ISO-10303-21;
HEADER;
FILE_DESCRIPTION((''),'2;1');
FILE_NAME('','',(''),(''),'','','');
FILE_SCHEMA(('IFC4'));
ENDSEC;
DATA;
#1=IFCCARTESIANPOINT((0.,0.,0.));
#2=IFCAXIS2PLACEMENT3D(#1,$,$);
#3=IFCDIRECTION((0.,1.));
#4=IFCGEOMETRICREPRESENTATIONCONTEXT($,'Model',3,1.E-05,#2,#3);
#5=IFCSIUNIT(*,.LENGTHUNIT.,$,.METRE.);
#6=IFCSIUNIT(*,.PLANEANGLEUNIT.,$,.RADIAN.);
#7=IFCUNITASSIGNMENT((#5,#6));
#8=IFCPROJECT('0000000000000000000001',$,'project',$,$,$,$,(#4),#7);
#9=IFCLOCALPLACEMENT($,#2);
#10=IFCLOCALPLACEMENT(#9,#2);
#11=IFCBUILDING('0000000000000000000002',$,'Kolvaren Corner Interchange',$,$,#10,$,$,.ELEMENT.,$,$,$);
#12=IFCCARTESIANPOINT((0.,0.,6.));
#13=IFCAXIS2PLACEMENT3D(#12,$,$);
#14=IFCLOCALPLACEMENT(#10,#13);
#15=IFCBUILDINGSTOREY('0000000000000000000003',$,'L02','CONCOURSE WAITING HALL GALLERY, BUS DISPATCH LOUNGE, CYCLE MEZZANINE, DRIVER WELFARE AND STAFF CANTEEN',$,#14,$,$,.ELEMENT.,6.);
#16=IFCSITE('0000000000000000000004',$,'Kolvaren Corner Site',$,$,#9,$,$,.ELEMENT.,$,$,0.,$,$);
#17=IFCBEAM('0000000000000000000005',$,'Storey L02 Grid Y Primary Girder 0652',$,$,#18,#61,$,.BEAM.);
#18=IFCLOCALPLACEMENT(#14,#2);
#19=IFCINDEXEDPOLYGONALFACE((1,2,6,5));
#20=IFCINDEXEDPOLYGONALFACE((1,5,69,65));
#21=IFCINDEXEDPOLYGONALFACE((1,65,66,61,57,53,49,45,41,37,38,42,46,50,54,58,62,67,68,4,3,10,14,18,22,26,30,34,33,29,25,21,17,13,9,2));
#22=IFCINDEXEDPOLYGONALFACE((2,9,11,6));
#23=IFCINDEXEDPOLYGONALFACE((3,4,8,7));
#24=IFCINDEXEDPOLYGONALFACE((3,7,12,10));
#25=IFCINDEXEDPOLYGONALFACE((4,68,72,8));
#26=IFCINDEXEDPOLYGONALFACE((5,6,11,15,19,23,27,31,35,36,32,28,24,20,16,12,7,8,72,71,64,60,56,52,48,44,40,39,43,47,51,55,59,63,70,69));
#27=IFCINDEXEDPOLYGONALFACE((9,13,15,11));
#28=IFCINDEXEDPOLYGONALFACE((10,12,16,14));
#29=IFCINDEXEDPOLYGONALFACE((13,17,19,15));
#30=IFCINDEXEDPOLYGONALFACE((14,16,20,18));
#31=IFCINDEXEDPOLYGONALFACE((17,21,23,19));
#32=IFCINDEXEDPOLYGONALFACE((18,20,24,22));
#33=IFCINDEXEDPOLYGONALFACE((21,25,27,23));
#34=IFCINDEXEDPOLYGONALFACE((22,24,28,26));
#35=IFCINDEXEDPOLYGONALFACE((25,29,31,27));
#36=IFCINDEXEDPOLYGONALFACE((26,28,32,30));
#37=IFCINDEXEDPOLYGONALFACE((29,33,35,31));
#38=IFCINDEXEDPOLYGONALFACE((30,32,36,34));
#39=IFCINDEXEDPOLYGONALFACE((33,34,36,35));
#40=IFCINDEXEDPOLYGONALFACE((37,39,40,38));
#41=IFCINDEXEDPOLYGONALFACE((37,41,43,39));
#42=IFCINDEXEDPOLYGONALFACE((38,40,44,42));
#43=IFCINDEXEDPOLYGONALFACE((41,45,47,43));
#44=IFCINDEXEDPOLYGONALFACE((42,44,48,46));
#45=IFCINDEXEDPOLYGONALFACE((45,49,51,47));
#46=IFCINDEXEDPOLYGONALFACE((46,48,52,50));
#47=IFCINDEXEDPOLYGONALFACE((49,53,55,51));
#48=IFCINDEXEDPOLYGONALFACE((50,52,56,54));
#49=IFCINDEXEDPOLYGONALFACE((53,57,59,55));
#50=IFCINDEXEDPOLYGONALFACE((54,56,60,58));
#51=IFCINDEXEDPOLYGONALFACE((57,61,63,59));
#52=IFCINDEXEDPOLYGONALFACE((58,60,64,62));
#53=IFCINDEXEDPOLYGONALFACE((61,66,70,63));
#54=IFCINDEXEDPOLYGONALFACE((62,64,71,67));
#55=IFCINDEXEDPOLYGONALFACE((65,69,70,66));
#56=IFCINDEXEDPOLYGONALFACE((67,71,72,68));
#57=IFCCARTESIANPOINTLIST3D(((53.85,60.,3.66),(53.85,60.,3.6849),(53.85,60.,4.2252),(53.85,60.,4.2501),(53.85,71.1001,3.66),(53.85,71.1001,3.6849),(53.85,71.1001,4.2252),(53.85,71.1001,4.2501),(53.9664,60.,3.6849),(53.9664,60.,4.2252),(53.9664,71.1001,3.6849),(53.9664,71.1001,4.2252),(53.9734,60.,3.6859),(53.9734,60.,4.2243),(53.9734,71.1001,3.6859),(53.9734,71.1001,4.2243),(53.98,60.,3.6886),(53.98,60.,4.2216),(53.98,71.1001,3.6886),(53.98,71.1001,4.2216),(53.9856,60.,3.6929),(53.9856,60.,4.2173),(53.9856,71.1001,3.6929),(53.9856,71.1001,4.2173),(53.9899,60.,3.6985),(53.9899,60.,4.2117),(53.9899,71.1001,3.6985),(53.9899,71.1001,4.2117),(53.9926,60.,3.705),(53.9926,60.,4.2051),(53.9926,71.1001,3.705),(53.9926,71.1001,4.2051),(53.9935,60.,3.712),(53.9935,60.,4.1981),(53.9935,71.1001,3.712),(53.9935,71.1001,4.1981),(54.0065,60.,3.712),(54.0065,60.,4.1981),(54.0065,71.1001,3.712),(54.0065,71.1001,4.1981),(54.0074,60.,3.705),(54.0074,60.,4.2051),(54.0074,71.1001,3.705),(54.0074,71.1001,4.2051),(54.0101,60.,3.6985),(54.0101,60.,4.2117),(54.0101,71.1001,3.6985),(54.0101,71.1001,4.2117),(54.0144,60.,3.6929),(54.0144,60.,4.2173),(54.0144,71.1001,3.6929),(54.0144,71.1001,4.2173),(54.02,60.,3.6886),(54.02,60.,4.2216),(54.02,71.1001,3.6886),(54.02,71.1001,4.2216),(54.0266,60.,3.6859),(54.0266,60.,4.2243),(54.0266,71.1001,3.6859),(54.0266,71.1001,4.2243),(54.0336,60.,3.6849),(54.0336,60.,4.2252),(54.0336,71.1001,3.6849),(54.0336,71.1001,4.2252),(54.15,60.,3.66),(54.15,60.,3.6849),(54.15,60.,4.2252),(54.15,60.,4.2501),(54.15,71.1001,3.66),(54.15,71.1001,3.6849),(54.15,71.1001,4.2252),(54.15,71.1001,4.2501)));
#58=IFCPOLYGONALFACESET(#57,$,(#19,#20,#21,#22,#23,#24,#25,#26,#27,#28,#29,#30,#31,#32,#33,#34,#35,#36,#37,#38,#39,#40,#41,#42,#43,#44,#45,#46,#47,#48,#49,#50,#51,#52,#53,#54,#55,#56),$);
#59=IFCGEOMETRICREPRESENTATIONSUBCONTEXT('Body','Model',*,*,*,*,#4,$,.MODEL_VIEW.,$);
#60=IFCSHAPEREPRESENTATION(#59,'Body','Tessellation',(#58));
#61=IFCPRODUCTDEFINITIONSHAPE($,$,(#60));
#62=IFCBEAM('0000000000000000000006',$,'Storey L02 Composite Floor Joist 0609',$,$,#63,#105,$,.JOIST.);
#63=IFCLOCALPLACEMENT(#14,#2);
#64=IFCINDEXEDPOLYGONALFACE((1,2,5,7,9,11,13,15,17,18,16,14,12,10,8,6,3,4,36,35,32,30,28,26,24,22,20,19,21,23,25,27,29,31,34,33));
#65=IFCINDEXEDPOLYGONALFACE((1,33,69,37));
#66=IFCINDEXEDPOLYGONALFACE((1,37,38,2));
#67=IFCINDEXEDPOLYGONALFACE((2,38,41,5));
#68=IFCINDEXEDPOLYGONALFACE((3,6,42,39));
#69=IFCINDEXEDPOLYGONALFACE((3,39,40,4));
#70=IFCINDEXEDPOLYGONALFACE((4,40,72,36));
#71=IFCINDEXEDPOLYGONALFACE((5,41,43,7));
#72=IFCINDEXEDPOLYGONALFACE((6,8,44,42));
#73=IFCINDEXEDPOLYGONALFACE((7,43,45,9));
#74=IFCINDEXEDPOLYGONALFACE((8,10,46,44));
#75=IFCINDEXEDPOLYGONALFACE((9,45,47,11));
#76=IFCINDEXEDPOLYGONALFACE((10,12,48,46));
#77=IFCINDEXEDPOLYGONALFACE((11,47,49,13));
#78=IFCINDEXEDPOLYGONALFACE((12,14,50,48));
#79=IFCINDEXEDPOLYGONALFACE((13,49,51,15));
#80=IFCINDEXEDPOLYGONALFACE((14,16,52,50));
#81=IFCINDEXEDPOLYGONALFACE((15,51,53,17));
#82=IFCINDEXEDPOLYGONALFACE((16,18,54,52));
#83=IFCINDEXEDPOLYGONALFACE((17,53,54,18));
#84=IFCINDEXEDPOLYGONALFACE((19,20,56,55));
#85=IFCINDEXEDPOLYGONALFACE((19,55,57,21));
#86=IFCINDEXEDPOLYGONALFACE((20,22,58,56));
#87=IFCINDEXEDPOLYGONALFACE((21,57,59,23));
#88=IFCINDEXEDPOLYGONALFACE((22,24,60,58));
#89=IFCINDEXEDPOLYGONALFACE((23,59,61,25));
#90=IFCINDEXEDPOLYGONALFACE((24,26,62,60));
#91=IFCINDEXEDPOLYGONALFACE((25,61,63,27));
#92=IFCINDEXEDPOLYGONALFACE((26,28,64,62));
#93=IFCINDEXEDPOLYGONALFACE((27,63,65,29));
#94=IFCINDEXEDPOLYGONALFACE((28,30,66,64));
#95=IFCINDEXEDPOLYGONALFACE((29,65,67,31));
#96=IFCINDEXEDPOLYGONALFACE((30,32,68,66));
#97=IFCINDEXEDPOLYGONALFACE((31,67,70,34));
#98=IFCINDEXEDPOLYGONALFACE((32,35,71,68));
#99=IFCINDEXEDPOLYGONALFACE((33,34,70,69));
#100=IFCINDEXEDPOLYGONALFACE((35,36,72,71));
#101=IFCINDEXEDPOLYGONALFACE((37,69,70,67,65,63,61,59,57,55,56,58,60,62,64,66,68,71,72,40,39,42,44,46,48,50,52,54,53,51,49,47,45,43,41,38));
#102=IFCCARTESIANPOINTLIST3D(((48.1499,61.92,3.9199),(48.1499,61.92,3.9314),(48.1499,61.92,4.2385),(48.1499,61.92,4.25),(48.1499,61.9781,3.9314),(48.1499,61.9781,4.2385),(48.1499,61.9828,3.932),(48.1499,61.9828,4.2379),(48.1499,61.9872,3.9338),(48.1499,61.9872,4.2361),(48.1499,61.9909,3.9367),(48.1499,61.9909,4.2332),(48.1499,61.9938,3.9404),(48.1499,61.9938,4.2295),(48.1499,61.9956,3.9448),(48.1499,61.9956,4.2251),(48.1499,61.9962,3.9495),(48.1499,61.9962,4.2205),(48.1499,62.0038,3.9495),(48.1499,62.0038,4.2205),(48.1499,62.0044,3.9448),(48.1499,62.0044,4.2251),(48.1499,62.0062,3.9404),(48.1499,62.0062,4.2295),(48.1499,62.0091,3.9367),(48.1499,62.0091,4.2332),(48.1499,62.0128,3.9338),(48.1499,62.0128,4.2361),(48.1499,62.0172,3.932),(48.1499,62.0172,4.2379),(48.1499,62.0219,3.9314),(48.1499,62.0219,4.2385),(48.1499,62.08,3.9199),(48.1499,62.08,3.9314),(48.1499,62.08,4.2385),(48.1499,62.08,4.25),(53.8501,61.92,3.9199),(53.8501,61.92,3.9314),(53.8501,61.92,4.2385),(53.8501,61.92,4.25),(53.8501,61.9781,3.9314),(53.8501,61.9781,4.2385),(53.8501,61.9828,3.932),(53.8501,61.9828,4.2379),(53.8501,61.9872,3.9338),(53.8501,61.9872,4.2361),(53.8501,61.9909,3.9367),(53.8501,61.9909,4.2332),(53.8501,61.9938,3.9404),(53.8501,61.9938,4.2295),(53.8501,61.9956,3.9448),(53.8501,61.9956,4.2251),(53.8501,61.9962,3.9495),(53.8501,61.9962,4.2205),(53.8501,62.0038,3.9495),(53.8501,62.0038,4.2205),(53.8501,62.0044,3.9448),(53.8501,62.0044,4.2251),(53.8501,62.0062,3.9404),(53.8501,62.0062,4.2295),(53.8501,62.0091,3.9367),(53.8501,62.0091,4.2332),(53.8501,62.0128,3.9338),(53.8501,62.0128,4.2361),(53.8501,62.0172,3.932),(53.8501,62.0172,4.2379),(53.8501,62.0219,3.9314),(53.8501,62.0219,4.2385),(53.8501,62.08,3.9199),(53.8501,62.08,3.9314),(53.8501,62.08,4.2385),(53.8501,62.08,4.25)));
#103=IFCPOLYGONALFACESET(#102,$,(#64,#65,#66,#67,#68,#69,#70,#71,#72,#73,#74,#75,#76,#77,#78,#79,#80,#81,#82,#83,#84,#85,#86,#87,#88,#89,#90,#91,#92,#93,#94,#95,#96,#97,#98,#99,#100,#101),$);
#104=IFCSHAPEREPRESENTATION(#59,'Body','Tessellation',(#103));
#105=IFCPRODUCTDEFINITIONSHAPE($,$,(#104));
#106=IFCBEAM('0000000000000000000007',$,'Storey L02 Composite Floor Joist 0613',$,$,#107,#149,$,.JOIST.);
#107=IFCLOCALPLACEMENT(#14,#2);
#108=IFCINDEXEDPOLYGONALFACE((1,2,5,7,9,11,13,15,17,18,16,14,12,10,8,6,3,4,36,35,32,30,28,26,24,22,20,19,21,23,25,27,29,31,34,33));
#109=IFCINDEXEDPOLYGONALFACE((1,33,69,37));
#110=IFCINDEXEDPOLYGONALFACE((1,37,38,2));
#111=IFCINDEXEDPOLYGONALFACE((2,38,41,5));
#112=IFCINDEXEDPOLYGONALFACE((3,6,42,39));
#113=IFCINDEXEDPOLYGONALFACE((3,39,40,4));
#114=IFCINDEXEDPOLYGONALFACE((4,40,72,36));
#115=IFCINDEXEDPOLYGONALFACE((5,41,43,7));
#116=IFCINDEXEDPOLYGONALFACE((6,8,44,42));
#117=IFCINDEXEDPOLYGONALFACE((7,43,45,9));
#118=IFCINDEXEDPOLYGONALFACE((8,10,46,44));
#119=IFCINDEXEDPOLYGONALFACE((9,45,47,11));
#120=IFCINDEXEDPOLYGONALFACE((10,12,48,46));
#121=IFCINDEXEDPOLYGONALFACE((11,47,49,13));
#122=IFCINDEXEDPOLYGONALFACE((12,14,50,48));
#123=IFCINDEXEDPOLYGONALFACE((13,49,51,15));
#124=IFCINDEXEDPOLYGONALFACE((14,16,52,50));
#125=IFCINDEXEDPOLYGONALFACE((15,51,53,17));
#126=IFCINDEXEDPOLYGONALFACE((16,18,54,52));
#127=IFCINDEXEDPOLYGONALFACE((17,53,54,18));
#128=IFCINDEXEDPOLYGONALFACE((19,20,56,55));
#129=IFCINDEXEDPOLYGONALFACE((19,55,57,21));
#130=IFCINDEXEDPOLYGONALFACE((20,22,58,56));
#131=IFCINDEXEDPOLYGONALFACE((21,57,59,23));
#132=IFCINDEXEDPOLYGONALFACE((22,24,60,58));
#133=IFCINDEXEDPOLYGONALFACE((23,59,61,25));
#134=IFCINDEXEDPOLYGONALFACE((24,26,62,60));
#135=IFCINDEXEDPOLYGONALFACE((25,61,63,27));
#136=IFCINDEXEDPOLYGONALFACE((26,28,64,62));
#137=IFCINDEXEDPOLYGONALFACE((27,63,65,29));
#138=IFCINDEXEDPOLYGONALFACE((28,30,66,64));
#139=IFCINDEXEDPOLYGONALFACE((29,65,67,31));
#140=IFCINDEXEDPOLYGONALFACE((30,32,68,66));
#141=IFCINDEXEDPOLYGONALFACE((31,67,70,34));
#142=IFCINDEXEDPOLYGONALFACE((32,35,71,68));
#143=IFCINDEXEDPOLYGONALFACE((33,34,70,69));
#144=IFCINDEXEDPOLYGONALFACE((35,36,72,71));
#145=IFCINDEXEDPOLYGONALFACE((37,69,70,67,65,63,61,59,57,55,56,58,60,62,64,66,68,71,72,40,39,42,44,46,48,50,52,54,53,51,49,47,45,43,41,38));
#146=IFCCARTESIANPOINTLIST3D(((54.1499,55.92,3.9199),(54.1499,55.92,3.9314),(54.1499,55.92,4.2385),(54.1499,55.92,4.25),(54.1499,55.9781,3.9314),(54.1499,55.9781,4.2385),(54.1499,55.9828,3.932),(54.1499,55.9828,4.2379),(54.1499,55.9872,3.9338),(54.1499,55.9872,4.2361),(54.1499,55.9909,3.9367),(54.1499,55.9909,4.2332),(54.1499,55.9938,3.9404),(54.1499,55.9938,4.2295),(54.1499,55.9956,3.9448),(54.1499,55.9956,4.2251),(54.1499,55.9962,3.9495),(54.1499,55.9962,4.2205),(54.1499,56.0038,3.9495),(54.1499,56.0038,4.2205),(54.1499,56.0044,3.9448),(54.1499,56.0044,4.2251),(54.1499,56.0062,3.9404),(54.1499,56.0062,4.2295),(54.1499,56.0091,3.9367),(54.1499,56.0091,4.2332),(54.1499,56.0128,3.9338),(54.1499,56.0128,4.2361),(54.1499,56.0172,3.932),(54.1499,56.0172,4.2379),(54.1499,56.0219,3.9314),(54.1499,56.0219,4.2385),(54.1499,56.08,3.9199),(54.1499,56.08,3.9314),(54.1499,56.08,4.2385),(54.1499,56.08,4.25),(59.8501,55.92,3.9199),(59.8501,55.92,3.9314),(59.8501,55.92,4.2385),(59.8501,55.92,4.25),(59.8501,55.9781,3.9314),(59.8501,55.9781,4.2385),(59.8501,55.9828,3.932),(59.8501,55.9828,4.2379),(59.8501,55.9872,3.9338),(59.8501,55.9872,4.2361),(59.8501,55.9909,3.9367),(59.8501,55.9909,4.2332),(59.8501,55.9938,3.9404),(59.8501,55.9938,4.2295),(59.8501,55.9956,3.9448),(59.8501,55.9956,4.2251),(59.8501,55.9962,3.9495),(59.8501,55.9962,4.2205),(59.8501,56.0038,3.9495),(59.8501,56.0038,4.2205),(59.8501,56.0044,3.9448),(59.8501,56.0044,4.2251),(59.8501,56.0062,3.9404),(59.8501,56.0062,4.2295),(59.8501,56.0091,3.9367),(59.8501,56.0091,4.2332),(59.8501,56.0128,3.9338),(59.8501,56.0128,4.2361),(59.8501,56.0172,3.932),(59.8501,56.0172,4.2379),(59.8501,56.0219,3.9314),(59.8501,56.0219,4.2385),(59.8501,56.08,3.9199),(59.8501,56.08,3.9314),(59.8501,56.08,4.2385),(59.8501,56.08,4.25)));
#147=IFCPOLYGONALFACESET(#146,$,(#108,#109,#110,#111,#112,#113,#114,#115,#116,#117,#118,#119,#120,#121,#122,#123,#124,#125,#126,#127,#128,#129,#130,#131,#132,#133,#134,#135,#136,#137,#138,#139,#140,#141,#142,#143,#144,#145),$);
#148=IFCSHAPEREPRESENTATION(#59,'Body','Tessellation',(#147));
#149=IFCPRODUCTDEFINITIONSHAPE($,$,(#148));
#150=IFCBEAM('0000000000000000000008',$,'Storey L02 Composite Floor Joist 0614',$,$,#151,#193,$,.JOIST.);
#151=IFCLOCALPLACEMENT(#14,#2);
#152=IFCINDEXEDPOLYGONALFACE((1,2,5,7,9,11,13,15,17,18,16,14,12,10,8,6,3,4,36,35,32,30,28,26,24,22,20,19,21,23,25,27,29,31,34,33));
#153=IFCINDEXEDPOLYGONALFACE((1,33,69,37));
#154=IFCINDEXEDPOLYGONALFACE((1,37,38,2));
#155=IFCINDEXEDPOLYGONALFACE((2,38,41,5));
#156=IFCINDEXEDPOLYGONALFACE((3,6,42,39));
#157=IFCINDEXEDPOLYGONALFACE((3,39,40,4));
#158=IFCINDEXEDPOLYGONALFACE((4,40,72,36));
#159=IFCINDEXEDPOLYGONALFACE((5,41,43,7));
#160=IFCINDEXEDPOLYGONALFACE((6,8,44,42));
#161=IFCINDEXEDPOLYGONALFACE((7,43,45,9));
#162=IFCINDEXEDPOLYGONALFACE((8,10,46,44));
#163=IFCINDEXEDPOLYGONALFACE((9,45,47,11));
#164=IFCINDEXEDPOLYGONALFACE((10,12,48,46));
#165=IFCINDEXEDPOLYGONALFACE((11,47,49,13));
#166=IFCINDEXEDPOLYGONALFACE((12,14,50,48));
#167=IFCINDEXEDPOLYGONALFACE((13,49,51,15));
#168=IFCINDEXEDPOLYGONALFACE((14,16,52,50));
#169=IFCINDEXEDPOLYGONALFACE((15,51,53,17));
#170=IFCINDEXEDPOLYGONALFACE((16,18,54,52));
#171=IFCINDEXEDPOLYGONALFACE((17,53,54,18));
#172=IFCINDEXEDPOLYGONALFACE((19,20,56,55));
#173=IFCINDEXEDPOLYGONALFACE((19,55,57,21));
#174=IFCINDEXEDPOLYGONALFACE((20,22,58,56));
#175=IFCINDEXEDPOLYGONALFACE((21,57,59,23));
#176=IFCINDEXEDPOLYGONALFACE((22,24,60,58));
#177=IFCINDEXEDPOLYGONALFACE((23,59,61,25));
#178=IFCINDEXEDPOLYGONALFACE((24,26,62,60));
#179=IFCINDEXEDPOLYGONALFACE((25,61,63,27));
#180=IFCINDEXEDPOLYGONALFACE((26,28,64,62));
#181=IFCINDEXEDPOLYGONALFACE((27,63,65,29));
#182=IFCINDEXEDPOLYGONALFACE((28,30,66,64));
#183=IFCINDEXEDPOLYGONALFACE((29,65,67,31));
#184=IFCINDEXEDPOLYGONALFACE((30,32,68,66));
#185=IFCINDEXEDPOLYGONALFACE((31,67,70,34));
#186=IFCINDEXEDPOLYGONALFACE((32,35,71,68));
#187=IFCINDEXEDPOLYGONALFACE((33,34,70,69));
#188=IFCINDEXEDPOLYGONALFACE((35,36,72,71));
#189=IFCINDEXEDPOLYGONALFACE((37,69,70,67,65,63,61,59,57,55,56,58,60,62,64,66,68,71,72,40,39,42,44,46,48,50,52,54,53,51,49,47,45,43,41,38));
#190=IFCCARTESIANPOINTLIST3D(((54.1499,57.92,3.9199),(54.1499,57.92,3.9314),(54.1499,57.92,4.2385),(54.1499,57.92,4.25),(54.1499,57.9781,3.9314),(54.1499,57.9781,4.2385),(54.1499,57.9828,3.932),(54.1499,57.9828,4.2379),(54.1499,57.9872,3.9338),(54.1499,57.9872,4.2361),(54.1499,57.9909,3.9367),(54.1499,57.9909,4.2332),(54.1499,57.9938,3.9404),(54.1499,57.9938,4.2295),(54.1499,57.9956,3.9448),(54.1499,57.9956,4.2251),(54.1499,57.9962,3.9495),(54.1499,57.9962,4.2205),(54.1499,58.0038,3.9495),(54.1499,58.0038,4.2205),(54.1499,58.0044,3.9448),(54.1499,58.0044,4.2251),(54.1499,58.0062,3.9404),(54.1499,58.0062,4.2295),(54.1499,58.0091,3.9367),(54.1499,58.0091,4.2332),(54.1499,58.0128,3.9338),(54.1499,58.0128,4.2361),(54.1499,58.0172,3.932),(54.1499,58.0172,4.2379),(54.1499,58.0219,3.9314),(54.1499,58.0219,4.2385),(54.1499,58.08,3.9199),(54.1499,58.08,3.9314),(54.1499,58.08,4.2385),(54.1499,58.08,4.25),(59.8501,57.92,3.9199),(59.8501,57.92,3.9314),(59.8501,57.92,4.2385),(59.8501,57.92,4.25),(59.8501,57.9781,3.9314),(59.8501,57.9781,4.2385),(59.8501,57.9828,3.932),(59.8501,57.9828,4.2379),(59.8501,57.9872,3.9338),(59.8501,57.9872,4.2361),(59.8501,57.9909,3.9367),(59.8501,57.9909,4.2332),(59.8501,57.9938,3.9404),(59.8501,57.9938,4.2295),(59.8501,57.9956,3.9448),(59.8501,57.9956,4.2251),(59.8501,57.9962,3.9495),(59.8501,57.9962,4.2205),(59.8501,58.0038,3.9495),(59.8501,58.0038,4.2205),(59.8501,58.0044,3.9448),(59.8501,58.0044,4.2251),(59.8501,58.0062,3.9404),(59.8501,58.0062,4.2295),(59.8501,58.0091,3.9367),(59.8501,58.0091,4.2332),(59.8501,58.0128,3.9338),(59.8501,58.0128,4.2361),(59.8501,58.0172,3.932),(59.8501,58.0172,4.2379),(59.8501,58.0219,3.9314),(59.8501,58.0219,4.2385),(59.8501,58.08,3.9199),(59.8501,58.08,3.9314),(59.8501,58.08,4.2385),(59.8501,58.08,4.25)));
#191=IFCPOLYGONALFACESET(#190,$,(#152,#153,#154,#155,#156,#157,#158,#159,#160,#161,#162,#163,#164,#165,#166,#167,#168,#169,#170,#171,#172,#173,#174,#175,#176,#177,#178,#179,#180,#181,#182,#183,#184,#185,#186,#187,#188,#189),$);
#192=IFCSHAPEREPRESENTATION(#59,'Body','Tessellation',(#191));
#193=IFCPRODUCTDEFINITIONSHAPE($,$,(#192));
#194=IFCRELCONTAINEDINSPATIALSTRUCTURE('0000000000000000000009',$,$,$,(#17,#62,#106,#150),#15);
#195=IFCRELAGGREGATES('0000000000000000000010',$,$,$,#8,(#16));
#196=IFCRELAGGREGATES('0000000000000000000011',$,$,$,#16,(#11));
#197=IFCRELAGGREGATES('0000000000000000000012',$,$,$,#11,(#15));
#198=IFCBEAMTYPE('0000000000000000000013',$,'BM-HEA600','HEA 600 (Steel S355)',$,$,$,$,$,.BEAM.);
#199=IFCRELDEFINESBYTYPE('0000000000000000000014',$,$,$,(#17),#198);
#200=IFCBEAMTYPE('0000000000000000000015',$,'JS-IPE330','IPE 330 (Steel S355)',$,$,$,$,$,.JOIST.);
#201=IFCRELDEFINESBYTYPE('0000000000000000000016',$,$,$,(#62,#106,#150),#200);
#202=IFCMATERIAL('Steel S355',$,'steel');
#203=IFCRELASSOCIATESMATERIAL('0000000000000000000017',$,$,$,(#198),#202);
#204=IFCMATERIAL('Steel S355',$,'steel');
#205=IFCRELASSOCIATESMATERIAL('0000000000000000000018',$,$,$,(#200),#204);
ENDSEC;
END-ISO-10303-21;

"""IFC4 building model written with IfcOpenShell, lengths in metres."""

from ifc_helpers import new_model, si_unit, direction, frame, origin, origin_2d, place, context, subcontext, project, spatial, i_section, extrude, material, material_profile, profile_set, type_object, element, save


model = new_model("IFC4")

# Units and contexts
model_context = context("Model", 3, precision=1e-05, world=origin(), true_north=direction((0.0, 1.0)))
body_context = subcontext(model_context, "Body", "Model", "MODEL_VIEW")
ifc_project = project(units=[si_unit("LENGTHUNIT", "METRE"), si_unit("PLANEANGLEUNIT", "RADIAN")], contexts=[model_context])

# Site, building, storey
site_placement = place(None, origin())
site = spatial("IfcSite", under=ifc_project, at=site_placement, Name="Kolvaren Corner Site", CompositionType="ELEMENT", RefElevation=0.0)
building_placement = place(site_placement, origin())
building = spatial("IfcBuilding", under=site, at=building_placement, Name="Kolvaren Corner Interchange", CompositionType="ELEMENT")
storey_placement = place(building_placement, frame((0.0, 0.0, 6.0)))
storey = spatial("IfcBuildingStorey", under=building, at=storey_placement, Name="L02", Description="CONCOURSE WAITING HALL GALLERY, BUS DISPATCH LOUNGE, CYCLE MEZZANINE, DRIVER WELFARE AND STAFF CANTEEN", CompositionType="ELEMENT", Elevation=6.0)

# Beams
ifc_material_1 = material(Name="Steel S355", Category="steel")
ifc_material_profile_1 = material_profile(ifc_material_1, i_section(OverallWidth=0.3, OverallDepth=0.5901, WebThickness=0.0129, FlangeThickness=0.0249, FilletRadius=0.0271, at=origin_2d()), Name="HEA 600")
ifc_profile_set_1 = profile_set([ifc_material_profile_1], Name="Steel S355")
beam_type_1 = type_object("IfcBeamType", Name="BM-HEA600", Description="HEA 600 (Steel S355)", PredefinedType="BEAM", material=ifc_profile_set_1)
beam_1_placement = place(storey_placement, frame((54.0, 60.0, 3.9551), z_axis=(0.0, 1.0, 0.0), x_axis=(-1.0, 0.0, 0.0)))
element("IfcBeam", 1, at=beam_1_placement, inside=storey, type_object=beam_type_1, Name="Storey L02 Grid Y Primary Girder 0652", PredefinedType="BEAM", context=body_context, shape_type="SweptSolid", body=[
    extrude(i_section(OverallWidth=0.3, OverallDepth=0.5901, WebThickness=0.0129, FlangeThickness=0.0249, FilletRadius=0.0271, at=origin_2d()), origin(), (0.0, 0.0, 1.0), 11.1001),
])
ifc_material_2 = material(Name="Steel S355", Category="steel")
ifc_material_profile_2 = material_profile(ifc_material_2, i_section(OverallWidth=0.1599, OverallDepth=0.3301, WebThickness=0.0076, FlangeThickness=0.0115, FilletRadius=0.0181, at=origin_2d()), Name="IPE 330")
ifc_profile_set_2 = profile_set([ifc_material_profile_2], Name="Steel S355")
beam_type_2 = type_object("IfcBeamType", Name="JS-IPE330", Description="IPE 330 (Steel S355)", PredefinedType="JOIST", material=ifc_profile_set_2)
for number, where, z_axis, x_axis, name in (
    (2, (48.1499, 62.0, 4.085), (1.0, 0.0, 0.0), (0.0, 1.0, 0.0), "Storey L02 Composite Floor Joist 0609"),
    (3, (54.1499, 56.0, 4.085), (1.0, 0.0, 0.0), (0.0, 1.0, 0.0), "Storey L02 Composite Floor Joist 0613"),
    (4, (54.1499, 58.0, 4.085), (1.0, 0.0, 0.0), (0.0, 1.0, 0.0), "Storey L02 Composite Floor Joist 0614"),
):
    element("IfcBeam", number, at=place(storey_placement, frame(where, z_axis=z_axis, x_axis=x_axis)), inside=storey, type_object=beam_type_2, Name=name, PredefinedType="JOIST", context=body_context, shape_type="SweptSolid", body=[
        extrude(i_section(OverallWidth=0.1599, OverallDepth=0.3301, WebThickness=0.0076, FlangeThickness=0.0115, FilletRadius=0.0181, at=origin_2d()), origin(), (0.0, 0.0, 1.0), 5.7002),
    ])

save(model, "model.ifc")
